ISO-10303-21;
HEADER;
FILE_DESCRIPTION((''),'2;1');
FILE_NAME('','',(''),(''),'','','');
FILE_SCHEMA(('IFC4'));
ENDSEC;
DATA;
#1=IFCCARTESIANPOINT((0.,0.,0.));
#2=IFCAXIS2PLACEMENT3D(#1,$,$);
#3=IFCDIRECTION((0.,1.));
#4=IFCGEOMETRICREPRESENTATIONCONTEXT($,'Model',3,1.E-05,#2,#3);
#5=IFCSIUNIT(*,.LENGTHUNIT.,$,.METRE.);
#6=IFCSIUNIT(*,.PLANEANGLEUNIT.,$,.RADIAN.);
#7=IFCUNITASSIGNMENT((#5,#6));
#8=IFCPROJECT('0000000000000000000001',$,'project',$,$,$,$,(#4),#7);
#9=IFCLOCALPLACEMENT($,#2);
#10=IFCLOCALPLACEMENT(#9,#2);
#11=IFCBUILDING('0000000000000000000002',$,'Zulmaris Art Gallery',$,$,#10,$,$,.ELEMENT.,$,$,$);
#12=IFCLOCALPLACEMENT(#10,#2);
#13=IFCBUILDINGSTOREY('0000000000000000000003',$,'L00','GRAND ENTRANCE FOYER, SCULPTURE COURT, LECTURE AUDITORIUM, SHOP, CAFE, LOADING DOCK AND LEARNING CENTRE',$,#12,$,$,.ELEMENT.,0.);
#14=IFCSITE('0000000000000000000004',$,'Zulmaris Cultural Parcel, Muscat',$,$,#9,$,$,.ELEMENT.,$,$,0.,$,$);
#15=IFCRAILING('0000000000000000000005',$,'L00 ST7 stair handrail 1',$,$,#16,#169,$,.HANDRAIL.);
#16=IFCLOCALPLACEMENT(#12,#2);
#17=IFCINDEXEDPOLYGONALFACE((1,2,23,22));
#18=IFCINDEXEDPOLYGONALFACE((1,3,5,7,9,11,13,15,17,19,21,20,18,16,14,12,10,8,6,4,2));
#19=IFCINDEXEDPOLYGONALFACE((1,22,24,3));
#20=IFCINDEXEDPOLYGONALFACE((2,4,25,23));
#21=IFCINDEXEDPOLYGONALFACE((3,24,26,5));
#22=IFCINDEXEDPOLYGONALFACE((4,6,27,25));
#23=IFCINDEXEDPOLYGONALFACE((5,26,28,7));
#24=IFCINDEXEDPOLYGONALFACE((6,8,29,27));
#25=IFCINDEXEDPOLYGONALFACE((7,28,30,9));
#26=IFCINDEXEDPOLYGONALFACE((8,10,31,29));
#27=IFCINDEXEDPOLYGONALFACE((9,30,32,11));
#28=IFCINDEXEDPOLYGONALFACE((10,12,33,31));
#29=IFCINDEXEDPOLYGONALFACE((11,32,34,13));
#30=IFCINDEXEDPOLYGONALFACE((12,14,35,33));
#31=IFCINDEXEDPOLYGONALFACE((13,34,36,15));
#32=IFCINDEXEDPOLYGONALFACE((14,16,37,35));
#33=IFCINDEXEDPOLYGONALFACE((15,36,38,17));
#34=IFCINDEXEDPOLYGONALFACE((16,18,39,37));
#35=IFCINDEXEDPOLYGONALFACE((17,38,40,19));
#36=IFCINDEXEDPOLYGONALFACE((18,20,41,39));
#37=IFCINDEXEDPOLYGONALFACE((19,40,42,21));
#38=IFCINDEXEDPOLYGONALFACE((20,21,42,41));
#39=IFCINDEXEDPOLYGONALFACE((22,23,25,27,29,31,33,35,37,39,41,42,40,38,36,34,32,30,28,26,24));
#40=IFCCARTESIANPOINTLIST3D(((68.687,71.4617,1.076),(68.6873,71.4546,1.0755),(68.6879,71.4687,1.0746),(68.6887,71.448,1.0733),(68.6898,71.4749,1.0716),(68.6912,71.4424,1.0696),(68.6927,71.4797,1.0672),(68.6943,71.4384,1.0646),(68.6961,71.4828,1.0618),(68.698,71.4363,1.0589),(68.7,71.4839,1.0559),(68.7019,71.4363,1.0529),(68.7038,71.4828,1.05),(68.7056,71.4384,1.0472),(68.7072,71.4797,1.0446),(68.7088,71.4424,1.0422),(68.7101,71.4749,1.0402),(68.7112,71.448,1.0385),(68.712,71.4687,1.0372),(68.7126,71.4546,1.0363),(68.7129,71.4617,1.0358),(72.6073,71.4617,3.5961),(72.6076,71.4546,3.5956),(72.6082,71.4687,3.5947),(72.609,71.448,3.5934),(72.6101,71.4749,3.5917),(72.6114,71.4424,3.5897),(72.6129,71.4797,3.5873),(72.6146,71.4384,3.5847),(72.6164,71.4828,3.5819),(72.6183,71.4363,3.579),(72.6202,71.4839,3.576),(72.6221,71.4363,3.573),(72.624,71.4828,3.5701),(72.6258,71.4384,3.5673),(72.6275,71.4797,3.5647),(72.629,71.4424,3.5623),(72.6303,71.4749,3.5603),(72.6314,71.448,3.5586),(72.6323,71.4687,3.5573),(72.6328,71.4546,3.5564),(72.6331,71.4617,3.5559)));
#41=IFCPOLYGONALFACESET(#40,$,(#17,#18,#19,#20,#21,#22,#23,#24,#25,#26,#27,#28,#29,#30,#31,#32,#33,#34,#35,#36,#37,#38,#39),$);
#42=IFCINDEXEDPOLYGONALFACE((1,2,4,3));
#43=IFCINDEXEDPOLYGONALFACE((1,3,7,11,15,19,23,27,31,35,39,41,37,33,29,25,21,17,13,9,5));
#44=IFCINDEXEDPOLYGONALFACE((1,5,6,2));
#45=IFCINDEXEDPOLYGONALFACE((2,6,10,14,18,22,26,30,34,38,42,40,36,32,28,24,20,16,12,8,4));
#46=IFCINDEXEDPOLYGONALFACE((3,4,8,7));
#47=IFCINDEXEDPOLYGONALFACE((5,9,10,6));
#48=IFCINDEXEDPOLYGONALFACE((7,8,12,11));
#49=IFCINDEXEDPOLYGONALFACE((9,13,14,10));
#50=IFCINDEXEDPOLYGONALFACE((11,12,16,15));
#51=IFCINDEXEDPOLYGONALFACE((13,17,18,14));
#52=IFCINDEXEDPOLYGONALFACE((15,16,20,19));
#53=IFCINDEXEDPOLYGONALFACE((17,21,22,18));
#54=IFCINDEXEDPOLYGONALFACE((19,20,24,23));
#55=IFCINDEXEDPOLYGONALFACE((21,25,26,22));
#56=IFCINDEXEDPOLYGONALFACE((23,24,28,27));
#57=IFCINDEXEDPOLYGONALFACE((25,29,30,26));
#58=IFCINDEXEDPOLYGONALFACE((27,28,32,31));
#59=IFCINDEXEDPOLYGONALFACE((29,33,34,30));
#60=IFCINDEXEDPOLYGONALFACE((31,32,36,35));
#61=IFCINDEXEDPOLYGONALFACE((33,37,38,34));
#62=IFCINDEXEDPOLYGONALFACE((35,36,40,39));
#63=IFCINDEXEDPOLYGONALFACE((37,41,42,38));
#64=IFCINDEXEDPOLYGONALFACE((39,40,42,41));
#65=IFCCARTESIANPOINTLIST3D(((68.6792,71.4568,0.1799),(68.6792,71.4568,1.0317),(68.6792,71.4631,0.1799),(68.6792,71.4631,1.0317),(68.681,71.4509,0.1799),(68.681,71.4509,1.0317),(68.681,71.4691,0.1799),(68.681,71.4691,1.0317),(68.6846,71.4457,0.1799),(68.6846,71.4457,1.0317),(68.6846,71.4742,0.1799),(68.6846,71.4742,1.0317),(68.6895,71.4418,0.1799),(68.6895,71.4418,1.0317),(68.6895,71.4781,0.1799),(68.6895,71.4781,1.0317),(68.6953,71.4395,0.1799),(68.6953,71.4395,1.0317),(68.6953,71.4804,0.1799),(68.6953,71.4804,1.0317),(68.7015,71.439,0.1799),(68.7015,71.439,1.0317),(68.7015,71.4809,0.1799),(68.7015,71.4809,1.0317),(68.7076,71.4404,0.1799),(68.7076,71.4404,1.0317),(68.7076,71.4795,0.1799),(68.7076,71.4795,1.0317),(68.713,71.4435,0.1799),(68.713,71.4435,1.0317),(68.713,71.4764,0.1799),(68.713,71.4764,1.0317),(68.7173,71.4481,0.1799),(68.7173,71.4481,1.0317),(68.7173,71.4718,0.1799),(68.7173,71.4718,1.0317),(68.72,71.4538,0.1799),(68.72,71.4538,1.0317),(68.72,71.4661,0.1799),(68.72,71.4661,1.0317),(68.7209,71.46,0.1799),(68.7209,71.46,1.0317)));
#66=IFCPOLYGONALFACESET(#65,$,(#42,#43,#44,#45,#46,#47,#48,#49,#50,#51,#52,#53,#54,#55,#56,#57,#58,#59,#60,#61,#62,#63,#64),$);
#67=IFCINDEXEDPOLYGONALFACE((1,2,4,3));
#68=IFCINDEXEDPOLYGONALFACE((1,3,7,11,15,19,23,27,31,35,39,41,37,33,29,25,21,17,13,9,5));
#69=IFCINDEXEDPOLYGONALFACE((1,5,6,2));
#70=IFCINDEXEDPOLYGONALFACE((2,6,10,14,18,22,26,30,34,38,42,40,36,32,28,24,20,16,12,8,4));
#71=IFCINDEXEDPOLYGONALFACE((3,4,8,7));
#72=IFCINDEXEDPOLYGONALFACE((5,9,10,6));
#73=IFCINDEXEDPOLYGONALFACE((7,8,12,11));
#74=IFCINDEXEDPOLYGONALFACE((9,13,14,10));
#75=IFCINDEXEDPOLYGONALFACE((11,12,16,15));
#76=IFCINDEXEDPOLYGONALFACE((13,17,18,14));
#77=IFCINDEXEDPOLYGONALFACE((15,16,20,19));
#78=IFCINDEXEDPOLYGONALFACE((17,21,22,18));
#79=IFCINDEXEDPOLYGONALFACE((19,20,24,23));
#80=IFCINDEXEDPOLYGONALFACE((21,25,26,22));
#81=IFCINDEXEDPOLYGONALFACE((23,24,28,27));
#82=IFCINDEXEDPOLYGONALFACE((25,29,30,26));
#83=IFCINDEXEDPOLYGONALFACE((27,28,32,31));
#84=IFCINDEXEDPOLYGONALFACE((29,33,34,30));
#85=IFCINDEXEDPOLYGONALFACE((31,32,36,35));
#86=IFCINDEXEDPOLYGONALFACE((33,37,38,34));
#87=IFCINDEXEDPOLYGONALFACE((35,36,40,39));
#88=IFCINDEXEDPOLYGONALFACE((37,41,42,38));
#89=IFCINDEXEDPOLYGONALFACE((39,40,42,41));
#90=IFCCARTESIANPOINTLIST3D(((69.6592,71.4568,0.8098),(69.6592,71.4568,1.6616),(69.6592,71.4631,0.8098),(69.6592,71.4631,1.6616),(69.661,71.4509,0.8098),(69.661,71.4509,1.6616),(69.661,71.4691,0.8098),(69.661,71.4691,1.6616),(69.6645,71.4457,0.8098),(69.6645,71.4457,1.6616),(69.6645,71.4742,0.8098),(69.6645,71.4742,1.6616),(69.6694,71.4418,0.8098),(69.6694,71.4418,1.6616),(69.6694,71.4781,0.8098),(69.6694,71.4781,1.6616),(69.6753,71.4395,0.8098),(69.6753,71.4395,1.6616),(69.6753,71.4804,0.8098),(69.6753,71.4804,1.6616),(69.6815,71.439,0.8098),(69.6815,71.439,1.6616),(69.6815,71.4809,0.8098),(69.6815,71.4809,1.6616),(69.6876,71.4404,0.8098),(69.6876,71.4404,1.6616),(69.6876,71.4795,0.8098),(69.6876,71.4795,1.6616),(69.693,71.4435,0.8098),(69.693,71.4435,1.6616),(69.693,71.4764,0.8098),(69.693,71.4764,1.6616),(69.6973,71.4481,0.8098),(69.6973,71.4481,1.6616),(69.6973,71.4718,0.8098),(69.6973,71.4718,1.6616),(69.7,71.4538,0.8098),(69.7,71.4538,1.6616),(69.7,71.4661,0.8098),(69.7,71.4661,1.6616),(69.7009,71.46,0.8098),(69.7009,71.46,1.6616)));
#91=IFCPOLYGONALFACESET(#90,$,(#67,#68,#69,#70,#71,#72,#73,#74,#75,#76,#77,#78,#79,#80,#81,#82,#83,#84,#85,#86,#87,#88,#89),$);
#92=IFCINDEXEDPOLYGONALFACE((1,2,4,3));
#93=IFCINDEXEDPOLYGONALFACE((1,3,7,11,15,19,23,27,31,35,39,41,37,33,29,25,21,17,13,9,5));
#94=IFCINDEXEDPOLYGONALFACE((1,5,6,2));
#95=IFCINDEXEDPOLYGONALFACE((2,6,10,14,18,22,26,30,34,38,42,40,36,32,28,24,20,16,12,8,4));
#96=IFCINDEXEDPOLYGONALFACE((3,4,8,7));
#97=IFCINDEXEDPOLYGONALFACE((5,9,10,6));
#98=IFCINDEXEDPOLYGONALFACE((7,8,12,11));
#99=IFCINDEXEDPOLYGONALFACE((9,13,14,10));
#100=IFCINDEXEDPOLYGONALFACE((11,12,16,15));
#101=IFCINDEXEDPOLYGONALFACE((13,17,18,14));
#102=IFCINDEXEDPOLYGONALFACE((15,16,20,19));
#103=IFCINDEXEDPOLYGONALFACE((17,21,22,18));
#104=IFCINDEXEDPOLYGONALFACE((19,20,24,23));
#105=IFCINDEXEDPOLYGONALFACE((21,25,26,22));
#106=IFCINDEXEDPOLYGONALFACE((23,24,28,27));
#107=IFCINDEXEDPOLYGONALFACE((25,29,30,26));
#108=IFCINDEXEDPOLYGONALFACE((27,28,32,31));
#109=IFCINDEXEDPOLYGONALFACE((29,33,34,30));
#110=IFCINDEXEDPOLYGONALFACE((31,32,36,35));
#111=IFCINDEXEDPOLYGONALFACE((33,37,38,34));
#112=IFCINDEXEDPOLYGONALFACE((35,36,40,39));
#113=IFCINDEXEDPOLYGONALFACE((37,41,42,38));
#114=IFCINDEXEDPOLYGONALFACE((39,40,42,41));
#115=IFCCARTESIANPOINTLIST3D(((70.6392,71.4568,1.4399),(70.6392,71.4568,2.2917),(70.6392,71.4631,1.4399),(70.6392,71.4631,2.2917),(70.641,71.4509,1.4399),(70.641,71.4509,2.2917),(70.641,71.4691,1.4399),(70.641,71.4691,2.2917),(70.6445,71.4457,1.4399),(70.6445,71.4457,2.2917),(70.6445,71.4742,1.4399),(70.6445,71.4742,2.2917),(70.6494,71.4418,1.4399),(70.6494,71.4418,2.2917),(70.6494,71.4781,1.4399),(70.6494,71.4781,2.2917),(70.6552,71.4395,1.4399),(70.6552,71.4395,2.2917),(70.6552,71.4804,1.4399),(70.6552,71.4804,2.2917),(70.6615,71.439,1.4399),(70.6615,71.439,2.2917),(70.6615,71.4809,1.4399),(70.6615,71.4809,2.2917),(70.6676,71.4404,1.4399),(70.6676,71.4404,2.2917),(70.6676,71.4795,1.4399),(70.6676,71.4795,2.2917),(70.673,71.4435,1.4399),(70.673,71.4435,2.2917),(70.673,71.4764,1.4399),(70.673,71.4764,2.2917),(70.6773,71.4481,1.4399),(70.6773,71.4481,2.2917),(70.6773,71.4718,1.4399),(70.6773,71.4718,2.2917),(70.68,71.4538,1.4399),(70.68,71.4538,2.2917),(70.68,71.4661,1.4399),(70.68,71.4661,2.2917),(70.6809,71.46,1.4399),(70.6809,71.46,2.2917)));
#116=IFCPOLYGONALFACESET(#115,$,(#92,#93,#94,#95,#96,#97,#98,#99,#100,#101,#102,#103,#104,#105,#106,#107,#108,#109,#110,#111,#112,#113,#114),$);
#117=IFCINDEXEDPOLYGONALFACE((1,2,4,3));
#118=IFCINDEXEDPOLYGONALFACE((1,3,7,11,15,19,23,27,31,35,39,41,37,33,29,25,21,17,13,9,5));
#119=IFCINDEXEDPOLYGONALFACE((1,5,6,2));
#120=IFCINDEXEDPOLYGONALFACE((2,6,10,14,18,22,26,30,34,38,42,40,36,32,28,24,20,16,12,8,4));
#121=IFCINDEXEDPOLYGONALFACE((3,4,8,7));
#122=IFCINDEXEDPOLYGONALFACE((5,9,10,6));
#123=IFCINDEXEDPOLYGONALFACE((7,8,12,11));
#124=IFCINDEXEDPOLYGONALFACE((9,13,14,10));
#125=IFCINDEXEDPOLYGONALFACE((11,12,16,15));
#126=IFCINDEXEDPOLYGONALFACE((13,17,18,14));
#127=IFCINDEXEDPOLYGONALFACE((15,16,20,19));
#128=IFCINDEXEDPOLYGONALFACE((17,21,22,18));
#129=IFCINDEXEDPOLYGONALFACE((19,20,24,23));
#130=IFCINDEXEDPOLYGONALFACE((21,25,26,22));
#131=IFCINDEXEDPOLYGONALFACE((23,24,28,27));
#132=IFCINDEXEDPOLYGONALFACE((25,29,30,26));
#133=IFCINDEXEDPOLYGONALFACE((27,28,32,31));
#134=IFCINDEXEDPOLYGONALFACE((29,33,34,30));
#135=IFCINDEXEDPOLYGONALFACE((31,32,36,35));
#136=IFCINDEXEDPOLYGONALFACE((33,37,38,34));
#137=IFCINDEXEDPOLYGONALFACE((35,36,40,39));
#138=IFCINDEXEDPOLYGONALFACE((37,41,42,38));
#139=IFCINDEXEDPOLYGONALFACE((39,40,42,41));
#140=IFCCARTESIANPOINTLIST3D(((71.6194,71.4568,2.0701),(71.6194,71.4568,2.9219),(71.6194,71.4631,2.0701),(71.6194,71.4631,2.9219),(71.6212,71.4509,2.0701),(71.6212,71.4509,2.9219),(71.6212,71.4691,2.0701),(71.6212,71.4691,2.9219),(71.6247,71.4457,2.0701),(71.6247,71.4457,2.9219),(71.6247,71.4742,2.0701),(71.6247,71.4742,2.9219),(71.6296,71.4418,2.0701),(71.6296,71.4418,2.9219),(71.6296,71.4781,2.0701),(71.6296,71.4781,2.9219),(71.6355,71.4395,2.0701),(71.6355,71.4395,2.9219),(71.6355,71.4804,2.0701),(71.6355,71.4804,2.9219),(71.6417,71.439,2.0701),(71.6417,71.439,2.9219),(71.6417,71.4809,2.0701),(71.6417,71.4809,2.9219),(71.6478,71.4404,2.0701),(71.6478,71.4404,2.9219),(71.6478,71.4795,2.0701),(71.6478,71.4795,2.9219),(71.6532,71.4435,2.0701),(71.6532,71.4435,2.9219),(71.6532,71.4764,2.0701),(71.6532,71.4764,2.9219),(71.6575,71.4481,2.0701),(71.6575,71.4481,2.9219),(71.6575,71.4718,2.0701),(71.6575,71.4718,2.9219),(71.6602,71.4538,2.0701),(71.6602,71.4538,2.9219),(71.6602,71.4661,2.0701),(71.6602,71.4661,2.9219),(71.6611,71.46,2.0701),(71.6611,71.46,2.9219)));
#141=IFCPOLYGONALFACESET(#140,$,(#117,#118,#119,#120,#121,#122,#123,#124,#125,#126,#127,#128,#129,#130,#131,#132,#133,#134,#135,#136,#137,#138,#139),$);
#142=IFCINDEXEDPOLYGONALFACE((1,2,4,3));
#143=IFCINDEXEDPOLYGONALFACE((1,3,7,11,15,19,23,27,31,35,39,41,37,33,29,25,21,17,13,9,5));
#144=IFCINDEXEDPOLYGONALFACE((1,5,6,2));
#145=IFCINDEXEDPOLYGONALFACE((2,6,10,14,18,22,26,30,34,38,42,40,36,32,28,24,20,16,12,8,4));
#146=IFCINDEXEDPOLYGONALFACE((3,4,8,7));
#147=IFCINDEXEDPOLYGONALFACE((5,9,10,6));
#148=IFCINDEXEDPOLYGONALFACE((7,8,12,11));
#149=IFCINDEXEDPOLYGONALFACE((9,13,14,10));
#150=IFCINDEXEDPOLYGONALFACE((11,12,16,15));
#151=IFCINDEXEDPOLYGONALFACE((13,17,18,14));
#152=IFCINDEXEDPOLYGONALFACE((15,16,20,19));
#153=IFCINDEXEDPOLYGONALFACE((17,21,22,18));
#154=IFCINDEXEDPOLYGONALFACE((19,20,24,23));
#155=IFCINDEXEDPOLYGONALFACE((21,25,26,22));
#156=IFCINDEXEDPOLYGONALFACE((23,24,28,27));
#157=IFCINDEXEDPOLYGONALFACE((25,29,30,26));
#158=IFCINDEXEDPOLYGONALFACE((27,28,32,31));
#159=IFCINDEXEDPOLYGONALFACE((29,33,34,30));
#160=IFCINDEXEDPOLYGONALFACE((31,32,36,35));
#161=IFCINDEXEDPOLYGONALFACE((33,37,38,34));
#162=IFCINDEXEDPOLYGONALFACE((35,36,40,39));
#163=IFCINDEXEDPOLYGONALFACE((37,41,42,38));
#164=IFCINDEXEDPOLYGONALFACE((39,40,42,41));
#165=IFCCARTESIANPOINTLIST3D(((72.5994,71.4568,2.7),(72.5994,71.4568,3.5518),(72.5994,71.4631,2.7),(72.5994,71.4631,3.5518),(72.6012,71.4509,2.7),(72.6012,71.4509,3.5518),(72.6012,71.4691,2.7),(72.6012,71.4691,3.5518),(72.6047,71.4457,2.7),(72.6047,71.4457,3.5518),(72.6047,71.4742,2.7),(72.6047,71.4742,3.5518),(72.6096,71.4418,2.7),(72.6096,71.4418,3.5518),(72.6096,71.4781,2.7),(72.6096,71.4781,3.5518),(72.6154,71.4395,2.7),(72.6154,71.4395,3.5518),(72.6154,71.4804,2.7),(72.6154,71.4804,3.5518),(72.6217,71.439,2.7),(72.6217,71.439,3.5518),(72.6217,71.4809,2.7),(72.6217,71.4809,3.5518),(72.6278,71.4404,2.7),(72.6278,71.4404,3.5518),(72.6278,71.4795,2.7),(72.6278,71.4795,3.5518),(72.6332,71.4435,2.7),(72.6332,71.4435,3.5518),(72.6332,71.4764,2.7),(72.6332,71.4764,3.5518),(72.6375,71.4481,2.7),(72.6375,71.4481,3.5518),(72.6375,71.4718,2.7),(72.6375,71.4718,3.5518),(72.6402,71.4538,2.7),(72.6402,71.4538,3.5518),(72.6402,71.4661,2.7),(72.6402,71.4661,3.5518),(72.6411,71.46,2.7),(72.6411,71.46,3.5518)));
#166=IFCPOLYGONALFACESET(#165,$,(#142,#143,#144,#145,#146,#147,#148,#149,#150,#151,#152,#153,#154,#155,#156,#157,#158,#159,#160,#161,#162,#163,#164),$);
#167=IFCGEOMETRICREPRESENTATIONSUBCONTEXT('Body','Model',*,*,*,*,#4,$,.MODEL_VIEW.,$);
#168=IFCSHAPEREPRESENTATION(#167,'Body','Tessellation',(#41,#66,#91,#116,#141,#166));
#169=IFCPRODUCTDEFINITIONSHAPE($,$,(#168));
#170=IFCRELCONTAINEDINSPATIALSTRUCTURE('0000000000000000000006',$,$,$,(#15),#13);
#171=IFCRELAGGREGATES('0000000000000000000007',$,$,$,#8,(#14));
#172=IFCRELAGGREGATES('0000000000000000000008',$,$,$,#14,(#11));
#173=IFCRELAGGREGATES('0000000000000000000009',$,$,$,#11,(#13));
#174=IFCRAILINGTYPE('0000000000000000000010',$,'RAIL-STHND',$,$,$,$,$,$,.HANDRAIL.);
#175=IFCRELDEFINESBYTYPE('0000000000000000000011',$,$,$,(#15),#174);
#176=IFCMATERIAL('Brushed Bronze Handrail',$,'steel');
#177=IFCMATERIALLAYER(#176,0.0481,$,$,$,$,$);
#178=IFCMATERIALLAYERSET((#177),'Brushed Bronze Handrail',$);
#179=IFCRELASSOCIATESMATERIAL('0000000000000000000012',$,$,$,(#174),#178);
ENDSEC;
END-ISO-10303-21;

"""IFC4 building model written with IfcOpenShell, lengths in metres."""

from ifc_helpers import new_model, si_unit, direction, frame, origin, origin_2d, place, context, subcontext, project, spatial, circle, extrude, material, layer, layer_set, type_object, element, save


model = new_model("IFC4")

# Units and contexts
model_context = context("Model", 3, precision=1e-05, world=origin(), true_north=direction((0.0, 1.0)))
body_context = subcontext(model_context, "Body", "Model", "MODEL_VIEW")
ifc_project = project(units=[si_unit("LENGTHUNIT", "METRE"), si_unit("PLANEANGLEUNIT", "RADIAN")], contexts=[model_context])

# Site, building, storey
site_placement = place(None, origin())
site = spatial("IfcSite", under=ifc_project, at=site_placement, Name="Zulmaris Cultural Parcel, Muscat", CompositionType="ELEMENT", RefElevation=0.0)
building_placement = place(site_placement, origin())
building = spatial("IfcBuilding", under=site, at=building_placement, Name="Zulmaris Art Gallery", CompositionType="ELEMENT")
storey_placement = place(building_placement, origin())
storey = spatial("IfcBuildingStorey", under=building, at=storey_placement, Name="L00", Description="GRAND ENTRANCE FOYER, SCULPTURE COURT, LECTURE AUDITORIUM, SHOP, CAFE, LOADING DOCK AND LEARNING CENTRE", CompositionType="ELEMENT", Elevation=0.0)

# Railing
ifc_material_1 = material(Name="Brushed Bronze Handrail", Category="steel")
ifc_layer_1 = layer(ifc_material_1, 0.0481)
ifc_layer_set_1 = layer_set([ifc_layer_1], Name="Brushed Bronze Handrail")
railing_type_1 = type_object("IfcRailingType", Name="RAIL-STHND", PredefinedType="HANDRAIL", material=ifc_layer_set_1)
railing_1_placement = place(storey_placement, frame((68.7, 71.46, 0.1799)))
element("IfcRailing", 1, at=railing_1_placement, inside=storey, type_object=railing_type_1, Name="L00 ST7 stair handrail 1", PredefinedType="HANDRAIL", context=body_context, shape_type="SweptSolid", body=[
    extrude(circle(Radius=0.0239, at=origin_2d()), frame((0.0, 0.0, 0.876), z_axis=(0.841187, 0.0, 0.540744), x_axis=(0.0, 1.0, 0.0)), (0.0, 0.0, 1.0), 4.6604),
    extrude(circle(Radius=0.021, at=origin_2d()), origin(), (0.0, 0.0, 1.0), 0.8518),
    extrude(circle(Radius=0.021, at=origin_2d()), frame((0.98, 0.0, 0.6299)), (0.0, 0.0, 1.0), 0.8518),
    extrude(circle(Radius=0.021, at=origin_2d()), frame((1.96, 0.0, 1.26)), (0.0, 0.0, 1.0), 0.8518),
    extrude(circle(Radius=0.021, at=origin_2d()), frame((2.9402, 0.0, 1.8901)), (0.0, 0.0, 1.0), 0.8518),
    extrude(circle(Radius=0.021, at=origin_2d()), frame((3.9202, 0.0, 2.52)), (0.0, 0.0, 1.0), 0.8518),
])

save(model, "model.ifc")
